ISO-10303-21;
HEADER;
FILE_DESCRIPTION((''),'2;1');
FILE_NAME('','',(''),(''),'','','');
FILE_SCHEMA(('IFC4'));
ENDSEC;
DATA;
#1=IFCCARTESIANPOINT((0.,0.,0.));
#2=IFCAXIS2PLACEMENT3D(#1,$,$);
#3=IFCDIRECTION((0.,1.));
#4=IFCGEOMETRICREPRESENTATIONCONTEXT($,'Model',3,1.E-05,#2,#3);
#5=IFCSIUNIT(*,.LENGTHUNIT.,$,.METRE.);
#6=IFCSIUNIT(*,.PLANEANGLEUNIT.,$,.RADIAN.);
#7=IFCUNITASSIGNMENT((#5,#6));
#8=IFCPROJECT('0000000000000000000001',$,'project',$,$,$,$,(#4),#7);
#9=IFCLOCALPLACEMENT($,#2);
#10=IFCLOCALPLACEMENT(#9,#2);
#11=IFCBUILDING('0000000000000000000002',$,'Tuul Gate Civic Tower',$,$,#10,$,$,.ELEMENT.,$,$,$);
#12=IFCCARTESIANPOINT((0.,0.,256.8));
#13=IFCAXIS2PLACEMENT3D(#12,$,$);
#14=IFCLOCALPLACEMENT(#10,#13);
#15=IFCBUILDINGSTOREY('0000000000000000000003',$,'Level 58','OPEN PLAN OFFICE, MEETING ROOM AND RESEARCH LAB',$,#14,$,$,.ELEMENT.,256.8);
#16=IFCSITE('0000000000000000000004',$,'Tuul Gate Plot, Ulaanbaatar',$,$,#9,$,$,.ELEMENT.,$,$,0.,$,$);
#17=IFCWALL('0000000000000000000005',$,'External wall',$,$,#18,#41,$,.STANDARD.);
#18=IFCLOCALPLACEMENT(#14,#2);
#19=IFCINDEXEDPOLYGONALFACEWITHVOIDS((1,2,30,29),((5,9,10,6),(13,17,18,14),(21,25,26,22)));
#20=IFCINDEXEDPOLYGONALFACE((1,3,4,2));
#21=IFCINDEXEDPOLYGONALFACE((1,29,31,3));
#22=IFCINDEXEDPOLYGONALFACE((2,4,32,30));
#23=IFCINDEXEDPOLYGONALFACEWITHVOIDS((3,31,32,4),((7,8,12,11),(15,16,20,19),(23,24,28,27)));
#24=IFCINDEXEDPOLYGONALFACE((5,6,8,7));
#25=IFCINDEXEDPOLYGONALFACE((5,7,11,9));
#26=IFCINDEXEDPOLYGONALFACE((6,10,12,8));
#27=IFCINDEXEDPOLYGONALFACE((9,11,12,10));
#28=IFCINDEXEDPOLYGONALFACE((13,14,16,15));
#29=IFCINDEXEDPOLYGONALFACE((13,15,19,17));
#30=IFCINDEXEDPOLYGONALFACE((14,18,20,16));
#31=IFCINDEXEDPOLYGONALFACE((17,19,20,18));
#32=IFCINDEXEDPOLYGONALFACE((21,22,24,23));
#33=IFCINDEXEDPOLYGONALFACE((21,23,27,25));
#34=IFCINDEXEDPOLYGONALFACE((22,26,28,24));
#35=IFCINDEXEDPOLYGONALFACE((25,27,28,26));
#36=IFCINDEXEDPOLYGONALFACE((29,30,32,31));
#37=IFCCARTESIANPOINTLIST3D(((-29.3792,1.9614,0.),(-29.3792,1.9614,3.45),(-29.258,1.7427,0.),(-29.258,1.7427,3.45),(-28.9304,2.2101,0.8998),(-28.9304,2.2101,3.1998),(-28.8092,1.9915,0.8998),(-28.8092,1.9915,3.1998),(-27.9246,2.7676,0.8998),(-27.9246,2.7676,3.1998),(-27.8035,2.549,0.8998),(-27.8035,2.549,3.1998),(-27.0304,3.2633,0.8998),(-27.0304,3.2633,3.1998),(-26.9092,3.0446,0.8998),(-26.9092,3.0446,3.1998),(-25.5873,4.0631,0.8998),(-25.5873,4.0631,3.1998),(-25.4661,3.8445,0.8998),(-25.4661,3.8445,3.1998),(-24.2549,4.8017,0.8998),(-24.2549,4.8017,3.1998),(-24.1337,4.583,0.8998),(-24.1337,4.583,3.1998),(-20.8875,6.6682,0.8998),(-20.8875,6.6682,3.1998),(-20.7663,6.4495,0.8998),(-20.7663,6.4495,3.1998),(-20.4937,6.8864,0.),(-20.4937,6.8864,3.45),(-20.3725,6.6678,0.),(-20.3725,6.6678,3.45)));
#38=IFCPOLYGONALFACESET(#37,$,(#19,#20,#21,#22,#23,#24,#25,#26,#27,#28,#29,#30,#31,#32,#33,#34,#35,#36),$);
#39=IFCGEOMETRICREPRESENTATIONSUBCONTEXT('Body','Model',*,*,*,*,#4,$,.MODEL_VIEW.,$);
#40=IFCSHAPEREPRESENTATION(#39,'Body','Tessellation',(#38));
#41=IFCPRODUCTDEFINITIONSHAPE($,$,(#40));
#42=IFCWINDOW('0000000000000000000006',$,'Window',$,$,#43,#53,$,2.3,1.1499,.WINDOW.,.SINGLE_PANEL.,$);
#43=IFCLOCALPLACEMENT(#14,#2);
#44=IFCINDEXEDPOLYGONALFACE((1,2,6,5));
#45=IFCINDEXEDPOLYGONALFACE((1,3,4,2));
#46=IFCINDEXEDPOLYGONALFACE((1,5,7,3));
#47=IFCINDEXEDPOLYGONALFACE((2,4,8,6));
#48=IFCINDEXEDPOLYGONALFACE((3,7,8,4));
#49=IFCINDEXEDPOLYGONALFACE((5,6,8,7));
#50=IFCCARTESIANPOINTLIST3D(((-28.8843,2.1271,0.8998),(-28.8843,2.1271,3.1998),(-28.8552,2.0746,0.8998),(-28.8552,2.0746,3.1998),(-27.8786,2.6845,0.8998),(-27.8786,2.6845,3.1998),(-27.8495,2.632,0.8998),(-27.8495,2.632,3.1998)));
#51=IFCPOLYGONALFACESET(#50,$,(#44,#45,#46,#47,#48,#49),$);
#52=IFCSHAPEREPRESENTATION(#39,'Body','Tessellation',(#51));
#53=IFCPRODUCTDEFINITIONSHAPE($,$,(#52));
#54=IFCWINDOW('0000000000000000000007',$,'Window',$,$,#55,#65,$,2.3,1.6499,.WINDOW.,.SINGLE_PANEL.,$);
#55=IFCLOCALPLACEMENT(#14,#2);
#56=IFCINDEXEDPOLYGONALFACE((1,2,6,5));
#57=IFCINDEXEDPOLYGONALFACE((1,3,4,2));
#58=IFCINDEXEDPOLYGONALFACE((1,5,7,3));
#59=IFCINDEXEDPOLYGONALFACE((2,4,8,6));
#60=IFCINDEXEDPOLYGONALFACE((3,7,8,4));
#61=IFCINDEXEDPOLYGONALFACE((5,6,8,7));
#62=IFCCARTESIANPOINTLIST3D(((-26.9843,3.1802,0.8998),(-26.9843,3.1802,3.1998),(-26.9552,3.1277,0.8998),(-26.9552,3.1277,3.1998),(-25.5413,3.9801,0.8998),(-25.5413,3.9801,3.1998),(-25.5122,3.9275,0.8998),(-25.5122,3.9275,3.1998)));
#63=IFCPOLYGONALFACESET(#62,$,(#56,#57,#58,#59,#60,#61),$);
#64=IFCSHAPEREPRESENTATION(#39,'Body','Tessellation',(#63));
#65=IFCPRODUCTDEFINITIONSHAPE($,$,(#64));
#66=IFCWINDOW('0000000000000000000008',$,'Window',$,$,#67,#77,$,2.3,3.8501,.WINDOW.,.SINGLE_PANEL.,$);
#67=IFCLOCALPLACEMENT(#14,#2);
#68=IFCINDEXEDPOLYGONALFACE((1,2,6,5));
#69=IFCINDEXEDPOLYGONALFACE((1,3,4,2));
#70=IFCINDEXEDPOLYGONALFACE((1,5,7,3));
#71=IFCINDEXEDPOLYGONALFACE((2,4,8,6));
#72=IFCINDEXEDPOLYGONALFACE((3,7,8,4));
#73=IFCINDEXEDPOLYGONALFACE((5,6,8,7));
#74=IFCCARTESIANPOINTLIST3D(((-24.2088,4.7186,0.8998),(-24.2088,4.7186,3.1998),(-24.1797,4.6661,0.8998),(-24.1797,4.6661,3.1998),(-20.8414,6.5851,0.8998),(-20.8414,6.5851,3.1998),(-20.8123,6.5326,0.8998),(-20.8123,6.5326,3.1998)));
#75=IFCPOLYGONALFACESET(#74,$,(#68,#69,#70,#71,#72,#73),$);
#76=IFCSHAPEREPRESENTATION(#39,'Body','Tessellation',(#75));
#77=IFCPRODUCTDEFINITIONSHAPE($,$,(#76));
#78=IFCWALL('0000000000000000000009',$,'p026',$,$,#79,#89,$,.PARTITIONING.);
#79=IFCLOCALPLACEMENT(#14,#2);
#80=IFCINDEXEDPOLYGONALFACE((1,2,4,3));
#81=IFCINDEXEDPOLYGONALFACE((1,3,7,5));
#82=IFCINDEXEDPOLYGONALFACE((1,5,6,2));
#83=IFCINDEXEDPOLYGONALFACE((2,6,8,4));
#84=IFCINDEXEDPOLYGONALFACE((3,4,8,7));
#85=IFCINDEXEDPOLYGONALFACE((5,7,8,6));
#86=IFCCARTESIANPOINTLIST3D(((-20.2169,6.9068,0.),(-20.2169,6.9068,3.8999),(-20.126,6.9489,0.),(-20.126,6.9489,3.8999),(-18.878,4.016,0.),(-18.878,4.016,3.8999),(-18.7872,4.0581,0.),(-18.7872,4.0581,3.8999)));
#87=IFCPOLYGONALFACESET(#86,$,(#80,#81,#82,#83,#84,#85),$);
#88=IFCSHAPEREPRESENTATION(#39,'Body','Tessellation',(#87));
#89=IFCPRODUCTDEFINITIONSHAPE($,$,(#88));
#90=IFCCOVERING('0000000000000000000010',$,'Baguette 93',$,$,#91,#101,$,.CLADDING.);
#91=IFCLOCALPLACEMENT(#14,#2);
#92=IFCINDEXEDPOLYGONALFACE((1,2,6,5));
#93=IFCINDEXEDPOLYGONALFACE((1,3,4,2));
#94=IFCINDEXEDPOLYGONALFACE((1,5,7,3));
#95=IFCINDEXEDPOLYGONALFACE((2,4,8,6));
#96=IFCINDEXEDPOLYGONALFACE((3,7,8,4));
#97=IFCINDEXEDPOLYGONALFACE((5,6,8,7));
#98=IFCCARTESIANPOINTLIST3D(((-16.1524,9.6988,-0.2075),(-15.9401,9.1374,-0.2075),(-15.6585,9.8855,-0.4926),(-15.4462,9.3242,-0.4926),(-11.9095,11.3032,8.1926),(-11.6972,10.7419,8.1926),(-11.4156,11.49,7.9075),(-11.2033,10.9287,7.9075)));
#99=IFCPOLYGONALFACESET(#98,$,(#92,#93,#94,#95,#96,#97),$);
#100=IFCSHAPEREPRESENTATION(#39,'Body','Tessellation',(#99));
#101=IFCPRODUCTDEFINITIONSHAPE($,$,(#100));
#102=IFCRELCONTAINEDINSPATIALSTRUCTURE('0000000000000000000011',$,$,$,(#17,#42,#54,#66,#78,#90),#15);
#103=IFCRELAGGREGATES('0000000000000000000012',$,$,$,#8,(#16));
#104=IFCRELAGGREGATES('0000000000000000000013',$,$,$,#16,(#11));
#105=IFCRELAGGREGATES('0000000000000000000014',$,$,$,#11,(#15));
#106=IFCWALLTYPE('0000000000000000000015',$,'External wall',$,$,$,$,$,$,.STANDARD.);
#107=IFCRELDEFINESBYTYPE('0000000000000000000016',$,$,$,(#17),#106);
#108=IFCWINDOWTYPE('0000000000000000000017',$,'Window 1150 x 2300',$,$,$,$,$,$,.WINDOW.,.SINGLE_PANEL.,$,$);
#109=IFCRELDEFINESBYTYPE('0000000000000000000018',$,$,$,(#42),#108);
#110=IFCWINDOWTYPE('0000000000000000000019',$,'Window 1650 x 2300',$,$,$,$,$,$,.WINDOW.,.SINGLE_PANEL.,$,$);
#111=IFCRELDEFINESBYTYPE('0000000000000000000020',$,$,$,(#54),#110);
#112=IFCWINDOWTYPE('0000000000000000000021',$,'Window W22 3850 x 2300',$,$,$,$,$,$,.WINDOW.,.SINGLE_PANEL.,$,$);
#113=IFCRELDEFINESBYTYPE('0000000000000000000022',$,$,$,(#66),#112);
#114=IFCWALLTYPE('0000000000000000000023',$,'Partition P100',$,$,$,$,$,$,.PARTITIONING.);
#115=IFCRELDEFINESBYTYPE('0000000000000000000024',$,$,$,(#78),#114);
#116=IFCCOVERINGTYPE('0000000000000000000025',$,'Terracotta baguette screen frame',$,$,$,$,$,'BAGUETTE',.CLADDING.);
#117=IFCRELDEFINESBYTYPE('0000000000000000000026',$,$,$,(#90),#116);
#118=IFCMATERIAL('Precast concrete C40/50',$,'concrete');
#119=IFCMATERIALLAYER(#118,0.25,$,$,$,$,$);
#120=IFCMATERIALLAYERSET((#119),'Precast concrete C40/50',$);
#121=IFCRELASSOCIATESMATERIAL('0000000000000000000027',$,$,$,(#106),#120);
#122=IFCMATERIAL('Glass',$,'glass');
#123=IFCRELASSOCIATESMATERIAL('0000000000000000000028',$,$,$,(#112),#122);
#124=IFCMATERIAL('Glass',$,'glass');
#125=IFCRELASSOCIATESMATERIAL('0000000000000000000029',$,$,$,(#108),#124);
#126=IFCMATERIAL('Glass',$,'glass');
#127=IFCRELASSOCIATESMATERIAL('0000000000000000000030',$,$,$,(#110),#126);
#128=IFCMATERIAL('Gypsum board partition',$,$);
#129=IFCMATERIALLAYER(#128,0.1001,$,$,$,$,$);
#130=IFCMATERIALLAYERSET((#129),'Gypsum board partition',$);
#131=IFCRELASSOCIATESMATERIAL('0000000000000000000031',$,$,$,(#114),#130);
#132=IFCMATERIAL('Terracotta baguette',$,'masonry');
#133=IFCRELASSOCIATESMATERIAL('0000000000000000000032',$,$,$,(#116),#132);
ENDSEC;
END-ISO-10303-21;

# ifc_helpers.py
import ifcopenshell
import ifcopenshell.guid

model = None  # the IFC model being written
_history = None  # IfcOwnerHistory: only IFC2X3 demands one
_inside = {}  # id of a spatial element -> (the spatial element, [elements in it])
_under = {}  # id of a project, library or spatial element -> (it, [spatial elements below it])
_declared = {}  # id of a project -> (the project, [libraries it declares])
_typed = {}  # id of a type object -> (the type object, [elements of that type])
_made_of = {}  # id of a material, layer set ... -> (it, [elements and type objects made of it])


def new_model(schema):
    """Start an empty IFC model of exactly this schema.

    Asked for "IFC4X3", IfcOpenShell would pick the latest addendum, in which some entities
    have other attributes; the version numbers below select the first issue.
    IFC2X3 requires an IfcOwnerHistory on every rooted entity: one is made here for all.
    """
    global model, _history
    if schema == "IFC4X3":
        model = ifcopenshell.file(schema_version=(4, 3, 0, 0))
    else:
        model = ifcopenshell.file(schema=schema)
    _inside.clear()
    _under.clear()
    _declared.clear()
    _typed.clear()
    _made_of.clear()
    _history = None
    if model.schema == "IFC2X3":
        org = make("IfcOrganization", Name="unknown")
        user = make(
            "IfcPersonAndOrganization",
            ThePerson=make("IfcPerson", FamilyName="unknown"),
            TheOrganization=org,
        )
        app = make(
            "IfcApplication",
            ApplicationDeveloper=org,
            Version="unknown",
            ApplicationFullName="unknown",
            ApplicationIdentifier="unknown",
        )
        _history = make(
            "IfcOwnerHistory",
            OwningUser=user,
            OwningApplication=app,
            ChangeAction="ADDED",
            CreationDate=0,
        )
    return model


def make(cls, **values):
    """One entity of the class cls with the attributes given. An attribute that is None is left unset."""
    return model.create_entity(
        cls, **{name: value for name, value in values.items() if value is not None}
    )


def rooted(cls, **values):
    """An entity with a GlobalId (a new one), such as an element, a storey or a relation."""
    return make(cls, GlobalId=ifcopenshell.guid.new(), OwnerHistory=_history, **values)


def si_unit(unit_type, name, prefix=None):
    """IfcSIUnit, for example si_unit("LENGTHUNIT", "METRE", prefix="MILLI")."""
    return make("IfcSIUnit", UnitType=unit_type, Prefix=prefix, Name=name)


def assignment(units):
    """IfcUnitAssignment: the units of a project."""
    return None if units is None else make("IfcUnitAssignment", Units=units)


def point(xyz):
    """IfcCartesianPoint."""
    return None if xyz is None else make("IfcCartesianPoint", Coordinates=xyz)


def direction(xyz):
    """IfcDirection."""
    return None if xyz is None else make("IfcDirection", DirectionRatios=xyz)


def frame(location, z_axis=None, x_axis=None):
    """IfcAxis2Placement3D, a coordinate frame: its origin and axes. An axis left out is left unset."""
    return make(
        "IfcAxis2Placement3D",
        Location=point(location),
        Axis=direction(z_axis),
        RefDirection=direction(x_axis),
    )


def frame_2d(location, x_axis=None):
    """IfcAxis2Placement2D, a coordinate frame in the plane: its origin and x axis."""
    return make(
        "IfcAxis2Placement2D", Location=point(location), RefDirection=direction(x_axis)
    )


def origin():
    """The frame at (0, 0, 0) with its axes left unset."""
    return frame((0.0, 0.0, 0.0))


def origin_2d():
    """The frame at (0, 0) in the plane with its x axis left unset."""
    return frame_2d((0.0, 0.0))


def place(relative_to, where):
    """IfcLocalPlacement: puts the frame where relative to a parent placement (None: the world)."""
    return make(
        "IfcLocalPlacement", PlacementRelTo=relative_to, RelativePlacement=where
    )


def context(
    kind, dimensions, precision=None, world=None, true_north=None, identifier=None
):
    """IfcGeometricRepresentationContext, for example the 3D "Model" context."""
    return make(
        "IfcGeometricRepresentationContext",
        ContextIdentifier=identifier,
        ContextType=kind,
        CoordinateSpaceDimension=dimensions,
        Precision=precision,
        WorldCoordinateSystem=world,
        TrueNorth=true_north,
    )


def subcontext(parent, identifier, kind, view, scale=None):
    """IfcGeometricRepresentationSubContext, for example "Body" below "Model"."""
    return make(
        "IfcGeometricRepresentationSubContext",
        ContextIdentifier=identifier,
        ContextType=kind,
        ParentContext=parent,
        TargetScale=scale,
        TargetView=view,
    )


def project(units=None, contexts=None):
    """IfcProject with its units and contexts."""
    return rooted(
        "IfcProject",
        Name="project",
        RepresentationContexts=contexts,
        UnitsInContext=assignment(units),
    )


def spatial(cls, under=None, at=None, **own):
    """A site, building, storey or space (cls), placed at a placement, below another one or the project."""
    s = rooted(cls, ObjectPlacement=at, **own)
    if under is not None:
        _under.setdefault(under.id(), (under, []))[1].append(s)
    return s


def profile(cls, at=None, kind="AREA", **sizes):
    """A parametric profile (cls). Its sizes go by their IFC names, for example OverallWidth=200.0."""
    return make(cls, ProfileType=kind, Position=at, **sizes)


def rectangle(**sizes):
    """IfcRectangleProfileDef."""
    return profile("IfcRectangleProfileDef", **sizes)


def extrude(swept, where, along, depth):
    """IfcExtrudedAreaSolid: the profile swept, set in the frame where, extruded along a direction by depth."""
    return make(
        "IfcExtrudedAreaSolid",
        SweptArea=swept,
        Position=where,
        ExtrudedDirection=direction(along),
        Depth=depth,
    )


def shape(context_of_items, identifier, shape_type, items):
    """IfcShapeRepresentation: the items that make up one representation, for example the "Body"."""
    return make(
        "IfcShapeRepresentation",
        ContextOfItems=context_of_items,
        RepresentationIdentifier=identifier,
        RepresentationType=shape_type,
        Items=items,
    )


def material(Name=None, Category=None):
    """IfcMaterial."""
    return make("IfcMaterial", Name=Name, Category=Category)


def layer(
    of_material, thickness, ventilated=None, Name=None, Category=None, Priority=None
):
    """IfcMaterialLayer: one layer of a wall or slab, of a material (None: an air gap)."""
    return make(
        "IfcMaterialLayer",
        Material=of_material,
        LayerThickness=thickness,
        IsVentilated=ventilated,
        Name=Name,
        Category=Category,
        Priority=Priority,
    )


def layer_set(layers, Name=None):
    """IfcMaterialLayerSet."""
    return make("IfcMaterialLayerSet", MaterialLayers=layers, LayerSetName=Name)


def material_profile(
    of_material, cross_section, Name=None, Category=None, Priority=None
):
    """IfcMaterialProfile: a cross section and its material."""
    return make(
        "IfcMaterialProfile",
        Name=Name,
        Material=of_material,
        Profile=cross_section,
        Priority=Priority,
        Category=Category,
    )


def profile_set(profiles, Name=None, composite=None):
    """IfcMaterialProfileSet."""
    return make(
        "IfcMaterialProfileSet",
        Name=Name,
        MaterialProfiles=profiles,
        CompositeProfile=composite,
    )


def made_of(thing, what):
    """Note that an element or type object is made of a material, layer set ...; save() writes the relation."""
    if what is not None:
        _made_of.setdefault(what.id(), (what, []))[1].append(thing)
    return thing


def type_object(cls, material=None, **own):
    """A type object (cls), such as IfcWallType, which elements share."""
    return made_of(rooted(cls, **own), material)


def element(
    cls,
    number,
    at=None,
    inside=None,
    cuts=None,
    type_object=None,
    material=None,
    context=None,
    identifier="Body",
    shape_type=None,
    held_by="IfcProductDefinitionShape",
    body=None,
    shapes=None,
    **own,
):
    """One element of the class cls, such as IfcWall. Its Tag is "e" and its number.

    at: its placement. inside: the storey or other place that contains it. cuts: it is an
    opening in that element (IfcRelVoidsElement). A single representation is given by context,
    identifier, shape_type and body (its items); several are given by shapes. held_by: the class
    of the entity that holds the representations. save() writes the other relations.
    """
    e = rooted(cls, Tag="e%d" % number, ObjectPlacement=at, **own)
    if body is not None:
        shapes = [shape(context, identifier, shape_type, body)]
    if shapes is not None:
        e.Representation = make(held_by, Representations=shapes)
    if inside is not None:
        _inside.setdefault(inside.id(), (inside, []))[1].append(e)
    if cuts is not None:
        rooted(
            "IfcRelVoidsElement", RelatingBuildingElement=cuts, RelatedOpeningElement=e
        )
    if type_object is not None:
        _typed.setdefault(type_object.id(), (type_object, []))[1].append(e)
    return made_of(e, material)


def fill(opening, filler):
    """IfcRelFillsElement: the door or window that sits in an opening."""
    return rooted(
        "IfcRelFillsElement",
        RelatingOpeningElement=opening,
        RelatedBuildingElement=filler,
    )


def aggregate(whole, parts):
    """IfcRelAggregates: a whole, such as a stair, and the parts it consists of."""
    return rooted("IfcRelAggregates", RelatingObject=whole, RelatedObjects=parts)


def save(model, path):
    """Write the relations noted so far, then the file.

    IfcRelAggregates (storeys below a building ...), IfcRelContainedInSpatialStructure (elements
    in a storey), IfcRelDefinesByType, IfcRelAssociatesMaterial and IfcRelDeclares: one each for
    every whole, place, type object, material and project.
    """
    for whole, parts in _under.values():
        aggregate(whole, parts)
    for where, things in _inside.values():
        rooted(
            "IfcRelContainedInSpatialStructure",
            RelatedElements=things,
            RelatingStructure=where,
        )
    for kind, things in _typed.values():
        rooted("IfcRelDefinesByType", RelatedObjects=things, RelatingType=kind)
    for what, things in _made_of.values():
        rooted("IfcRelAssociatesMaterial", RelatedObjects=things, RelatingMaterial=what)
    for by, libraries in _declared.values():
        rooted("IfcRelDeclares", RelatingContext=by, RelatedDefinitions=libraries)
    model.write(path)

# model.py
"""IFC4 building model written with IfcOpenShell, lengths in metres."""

from ifc_helpers import new_model, si_unit, direction, frame, frame_2d, origin, origin_2d, place, context, subcontext, project, spatial, rectangle, extrude, material, layer, layer_set, material_profile, profile_set, type_object, element, fill, save


model = new_model("IFC4")

# Units and contexts
model_context = context("Model", 3, precision=1e-05, world=origin(), true_north=direction((0.0, 1.0)))
body_context = subcontext(model_context, "Body", "Model", "MODEL_VIEW")
ifc_project = project(units=[si_unit("LENGTHUNIT", "METRE"), si_unit("PLANEANGLEUNIT", "RADIAN")], contexts=[model_context])

# Site, building, storey
site_placement = place(None, origin())
site = spatial("IfcSite", under=ifc_project, at=site_placement, Name="Tuul Gate Plot, Ulaanbaatar", CompositionType="ELEMENT", RefElevation=0.0)
building_placement = place(site_placement, origin())
building = spatial("IfcBuilding", under=site, at=building_placement, Name="Tuul Gate Civic Tower", CompositionType="ELEMENT")
storey_placement = place(building_placement, frame((0.0, 0.0, 256.8)))
storey = spatial("IfcBuildingStorey", under=building, at=storey_placement, Name="Level 58", Description="OPEN PLAN OFFICE, MEETING ROOM AND RESEARCH LAB", CompositionType="ELEMENT", Elevation=256.8)

# Wall, openings, windows
ifc_material_1 = material(Name="Precast concrete C40/50", Category="concrete")
ifc_layer_1 = layer(ifc_material_1, 0.25)
ifc_layer_set_1 = layer_set([ifc_layer_1], Name="Precast concrete C40/50")
wall_type_1 = type_object("IfcWallType", Name="External wall", PredefinedType="STANDARD", material=ifc_layer_set_1)
ifc_material_2 = material(Name="Glass", Category="glass")
window_type_1 = type_object("IfcWindowType", Name="Window W22 3850 x 2300", PartitioningType="SINGLE_PANEL", PredefinedType="WINDOW", material=ifc_material_2)
wall_1_placement = place(storey_placement, frame((-20.4331, 6.7771, 0.0), z_axis=(0.0, 0.0, 1.0), x_axis=(-0.874631, -0.48479, 0.0)))
wall_1 = element("IfcWall", 1, at=wall_1_placement, inside=storey, type_object=wall_type_1, Name="External wall", PredefinedType="STANDARD", context=body_context, shape_type="SweptSolid", body=[
    extrude(rectangle(XDim=10.1592, YDim=0.25, at=frame_2d((5.0796, 0.0))), origin(), (0.0, 0.0, 1.0), 3.45),
])
opening_1_placement = place(wall_1_placement, frame((0.4502, 0.0, 0.8999)))
opening_1 = element("IfcOpeningElement", 2, at=opening_1_placement, cuts=wall_1, PredefinedType="OPENING", context=body_context, shape_type="SweptSolid", body=[
    extrude(rectangle(XDim=3.8501, YDim=2.3, at=frame_2d((1.925, 1.1499))), frame((0.0, 0.135, 0.0), z_axis=(0.0, -1.0, 0.0), x_axis=(1.0, 0.0, 0.0)), (0.0, 0.0, 1.0), 0.27),
])
opening_2_placement = place(wall_1_placement, frame((5.8237, 0.0, 0.8999)))
opening_2 = element("IfcOpeningElement", 3, at=opening_2_placement, cuts=wall_1, PredefinedType="OPENING", context=body_context, shape_type="SweptSolid", body=[
    extrude(rectangle(XDim=1.6499, YDim=2.3, at=frame_2d((0.825, 1.1499))), frame((0.0, 0.135, 0.0), z_axis=(0.0, -1.0, 0.0), x_axis=(1.0, 0.0, 0.0)), (0.0, 0.0, 1.0), 0.27),
])
opening_3_placement = place(wall_1_placement, frame((8.4961, 0.0, 0.8999)))
opening_3 = element("IfcOpeningElement", 4, at=opening_3_placement, cuts=wall_1, PredefinedType="OPENING", context=body_context, shape_type="SweptSolid", body=[
    extrude(rectangle(XDim=1.1499, YDim=2.3, at=frame_2d((0.575, 1.1499))), frame((0.0, 0.135, 0.0), z_axis=(0.0, -1.0, 0.0), x_axis=(1.0, 0.0, 0.0)), (0.0, 0.0, 1.0), 0.27),
])
ifc_material_3 = material(Name="Glass", Category="glass")
window_type_2 = type_object("IfcWindowType", Name="Window 1150 x 2300", PartitioningType="SINGLE_PANEL", PredefinedType="WINDOW", material=ifc_material_3)
window_1_placement = place(opening_3_placement, origin())
window_1 = element("IfcWindow", 5, at=window_1_placement, inside=storey, type_object=window_type_2, Name="Window", OverallHeight=2.3, OverallWidth=1.1499, PartitioningType="SINGLE_PANEL", PredefinedType="WINDOW", context=body_context, shape_type="SweptSolid", body=[
    extrude(rectangle(XDim=1.1499, YDim=2.3, at=frame_2d((0.575, 1.1499))), frame((0.0, 0.03, 0.0), z_axis=(0.0, -1.0, 0.0), x_axis=(1.0, 0.0, 0.0)), (0.0, 0.0, 1.0), 0.0601),
])
fill(opening_3, window_1)
ifc_material_4 = material(Name="Glass", Category="glass")
window_type_3 = type_object("IfcWindowType", Name="Window 1650 x 2300", PartitioningType="SINGLE_PANEL", PredefinedType="WINDOW", material=ifc_material_4)
window_2_placement = place(opening_2_placement, origin())
window_2 = element("IfcWindow", 6, at=window_2_placement, inside=storey, type_object=window_type_3, Name="Window", OverallHeight=2.3, OverallWidth=1.6499, PartitioningType="SINGLE_PANEL", PredefinedType="WINDOW", context=body_context, shape_type="SweptSolid", body=[
    extrude(rectangle(XDim=1.6499, YDim=2.3, at=frame_2d((0.825, 1.1499))), frame((0.0, 0.03, 0.0), z_axis=(0.0, -1.0, 0.0), x_axis=(1.0, 0.0, 0.0)), (0.0, 0.0, 1.0), 0.0601),
])
fill(opening_2, window_2)
window_3_placement = place(opening_1_placement, origin())
window_3 = element("IfcWindow", 7, at=window_3_placement, inside=storey, type_object=window_type_1, Name="Window", OverallHeight=2.3, OverallWidth=3.8501, PartitioningType="SINGLE_PANEL", PredefinedType="WINDOW", context=body_context, shape_type="SweptSolid", body=[
    extrude(rectangle(XDim=3.8501, YDim=2.3, at=frame_2d((1.925, 1.1499))), frame((0.0, 0.03, 0.0), z_axis=(0.0, -1.0, 0.0), x_axis=(1.0, 0.0, 0.0)), (0.0, 0.0, 1.0), 0.0601),
])
fill(opening_1, window_3)

# Wall
ifc_material_5 = material(Name="Gypsum board partition")
ifc_layer_2 = layer(ifc_material_5, 0.1001)
ifc_layer_set_2 = layer_set([ifc_layer_2], Name="Gypsum board partition")
wall_type_2 = type_object("IfcWallType", Name="Partition P100", PredefinedType="PARTITIONING", material=ifc_layer_set_2)
wall_2_placement = place(storey_placement, frame((-20.1714, 6.9277, 0.0), z_axis=(0.0, 0.0, 1.0), x_axis=(0.420253, -0.907407, 0.0)))
element("IfcWall", 8, at=wall_2_placement, inside=storey, type_object=wall_type_2, Name="p026", PredefinedType="PARTITIONING", context=body_context, shape_type="SweptSolid", body=[
    extrude(rectangle(XDim=3.1858, YDim=0.1001, at=frame_2d((1.5928, 0.0))), origin(), (0.0, 0.0, 1.0), 3.8999),
])

# Covering
ifc_material_6 = material(Name="Terracotta baguette", Category="masonry")
ifc_material_profile_1 = material_profile(ifc_material_6, rectangle(XDim=0.6001, YDim=0.6001, at=origin_2d()), Name="Terracotta baguette screen frame")
ifc_profile_set_1 = profile_set([ifc_material_profile_1], Name="Terracotta baguette")
covering_type = type_object("IfcCoveringType", Name="Terracotta baguette screen frame", ElementType="BAGUETTE", PredefinedType="CLADDING", material=ifc_profile_set_1)
covering_placement = place(storey_placement, frame((-11.5564, 11.116, 8.05), z_axis=(-0.444439, -0.168068, -0.879902), x_axis=(0.353711, -0.935355, 0.0)))
element("IfcCovering", 9, at=covering_placement, inside=storey, type_object=covering_type, Name="Baguette 93", PredefinedType="CLADDING", context=body_context, shape_type="SweptSolid", body=[
    extrude(rectangle(XDim=0.6001, YDim=0.6001, at=origin_2d()), origin(), (0.0, 0.0, 1.0), 9.5466),
])

save(model, "model.ifc")
